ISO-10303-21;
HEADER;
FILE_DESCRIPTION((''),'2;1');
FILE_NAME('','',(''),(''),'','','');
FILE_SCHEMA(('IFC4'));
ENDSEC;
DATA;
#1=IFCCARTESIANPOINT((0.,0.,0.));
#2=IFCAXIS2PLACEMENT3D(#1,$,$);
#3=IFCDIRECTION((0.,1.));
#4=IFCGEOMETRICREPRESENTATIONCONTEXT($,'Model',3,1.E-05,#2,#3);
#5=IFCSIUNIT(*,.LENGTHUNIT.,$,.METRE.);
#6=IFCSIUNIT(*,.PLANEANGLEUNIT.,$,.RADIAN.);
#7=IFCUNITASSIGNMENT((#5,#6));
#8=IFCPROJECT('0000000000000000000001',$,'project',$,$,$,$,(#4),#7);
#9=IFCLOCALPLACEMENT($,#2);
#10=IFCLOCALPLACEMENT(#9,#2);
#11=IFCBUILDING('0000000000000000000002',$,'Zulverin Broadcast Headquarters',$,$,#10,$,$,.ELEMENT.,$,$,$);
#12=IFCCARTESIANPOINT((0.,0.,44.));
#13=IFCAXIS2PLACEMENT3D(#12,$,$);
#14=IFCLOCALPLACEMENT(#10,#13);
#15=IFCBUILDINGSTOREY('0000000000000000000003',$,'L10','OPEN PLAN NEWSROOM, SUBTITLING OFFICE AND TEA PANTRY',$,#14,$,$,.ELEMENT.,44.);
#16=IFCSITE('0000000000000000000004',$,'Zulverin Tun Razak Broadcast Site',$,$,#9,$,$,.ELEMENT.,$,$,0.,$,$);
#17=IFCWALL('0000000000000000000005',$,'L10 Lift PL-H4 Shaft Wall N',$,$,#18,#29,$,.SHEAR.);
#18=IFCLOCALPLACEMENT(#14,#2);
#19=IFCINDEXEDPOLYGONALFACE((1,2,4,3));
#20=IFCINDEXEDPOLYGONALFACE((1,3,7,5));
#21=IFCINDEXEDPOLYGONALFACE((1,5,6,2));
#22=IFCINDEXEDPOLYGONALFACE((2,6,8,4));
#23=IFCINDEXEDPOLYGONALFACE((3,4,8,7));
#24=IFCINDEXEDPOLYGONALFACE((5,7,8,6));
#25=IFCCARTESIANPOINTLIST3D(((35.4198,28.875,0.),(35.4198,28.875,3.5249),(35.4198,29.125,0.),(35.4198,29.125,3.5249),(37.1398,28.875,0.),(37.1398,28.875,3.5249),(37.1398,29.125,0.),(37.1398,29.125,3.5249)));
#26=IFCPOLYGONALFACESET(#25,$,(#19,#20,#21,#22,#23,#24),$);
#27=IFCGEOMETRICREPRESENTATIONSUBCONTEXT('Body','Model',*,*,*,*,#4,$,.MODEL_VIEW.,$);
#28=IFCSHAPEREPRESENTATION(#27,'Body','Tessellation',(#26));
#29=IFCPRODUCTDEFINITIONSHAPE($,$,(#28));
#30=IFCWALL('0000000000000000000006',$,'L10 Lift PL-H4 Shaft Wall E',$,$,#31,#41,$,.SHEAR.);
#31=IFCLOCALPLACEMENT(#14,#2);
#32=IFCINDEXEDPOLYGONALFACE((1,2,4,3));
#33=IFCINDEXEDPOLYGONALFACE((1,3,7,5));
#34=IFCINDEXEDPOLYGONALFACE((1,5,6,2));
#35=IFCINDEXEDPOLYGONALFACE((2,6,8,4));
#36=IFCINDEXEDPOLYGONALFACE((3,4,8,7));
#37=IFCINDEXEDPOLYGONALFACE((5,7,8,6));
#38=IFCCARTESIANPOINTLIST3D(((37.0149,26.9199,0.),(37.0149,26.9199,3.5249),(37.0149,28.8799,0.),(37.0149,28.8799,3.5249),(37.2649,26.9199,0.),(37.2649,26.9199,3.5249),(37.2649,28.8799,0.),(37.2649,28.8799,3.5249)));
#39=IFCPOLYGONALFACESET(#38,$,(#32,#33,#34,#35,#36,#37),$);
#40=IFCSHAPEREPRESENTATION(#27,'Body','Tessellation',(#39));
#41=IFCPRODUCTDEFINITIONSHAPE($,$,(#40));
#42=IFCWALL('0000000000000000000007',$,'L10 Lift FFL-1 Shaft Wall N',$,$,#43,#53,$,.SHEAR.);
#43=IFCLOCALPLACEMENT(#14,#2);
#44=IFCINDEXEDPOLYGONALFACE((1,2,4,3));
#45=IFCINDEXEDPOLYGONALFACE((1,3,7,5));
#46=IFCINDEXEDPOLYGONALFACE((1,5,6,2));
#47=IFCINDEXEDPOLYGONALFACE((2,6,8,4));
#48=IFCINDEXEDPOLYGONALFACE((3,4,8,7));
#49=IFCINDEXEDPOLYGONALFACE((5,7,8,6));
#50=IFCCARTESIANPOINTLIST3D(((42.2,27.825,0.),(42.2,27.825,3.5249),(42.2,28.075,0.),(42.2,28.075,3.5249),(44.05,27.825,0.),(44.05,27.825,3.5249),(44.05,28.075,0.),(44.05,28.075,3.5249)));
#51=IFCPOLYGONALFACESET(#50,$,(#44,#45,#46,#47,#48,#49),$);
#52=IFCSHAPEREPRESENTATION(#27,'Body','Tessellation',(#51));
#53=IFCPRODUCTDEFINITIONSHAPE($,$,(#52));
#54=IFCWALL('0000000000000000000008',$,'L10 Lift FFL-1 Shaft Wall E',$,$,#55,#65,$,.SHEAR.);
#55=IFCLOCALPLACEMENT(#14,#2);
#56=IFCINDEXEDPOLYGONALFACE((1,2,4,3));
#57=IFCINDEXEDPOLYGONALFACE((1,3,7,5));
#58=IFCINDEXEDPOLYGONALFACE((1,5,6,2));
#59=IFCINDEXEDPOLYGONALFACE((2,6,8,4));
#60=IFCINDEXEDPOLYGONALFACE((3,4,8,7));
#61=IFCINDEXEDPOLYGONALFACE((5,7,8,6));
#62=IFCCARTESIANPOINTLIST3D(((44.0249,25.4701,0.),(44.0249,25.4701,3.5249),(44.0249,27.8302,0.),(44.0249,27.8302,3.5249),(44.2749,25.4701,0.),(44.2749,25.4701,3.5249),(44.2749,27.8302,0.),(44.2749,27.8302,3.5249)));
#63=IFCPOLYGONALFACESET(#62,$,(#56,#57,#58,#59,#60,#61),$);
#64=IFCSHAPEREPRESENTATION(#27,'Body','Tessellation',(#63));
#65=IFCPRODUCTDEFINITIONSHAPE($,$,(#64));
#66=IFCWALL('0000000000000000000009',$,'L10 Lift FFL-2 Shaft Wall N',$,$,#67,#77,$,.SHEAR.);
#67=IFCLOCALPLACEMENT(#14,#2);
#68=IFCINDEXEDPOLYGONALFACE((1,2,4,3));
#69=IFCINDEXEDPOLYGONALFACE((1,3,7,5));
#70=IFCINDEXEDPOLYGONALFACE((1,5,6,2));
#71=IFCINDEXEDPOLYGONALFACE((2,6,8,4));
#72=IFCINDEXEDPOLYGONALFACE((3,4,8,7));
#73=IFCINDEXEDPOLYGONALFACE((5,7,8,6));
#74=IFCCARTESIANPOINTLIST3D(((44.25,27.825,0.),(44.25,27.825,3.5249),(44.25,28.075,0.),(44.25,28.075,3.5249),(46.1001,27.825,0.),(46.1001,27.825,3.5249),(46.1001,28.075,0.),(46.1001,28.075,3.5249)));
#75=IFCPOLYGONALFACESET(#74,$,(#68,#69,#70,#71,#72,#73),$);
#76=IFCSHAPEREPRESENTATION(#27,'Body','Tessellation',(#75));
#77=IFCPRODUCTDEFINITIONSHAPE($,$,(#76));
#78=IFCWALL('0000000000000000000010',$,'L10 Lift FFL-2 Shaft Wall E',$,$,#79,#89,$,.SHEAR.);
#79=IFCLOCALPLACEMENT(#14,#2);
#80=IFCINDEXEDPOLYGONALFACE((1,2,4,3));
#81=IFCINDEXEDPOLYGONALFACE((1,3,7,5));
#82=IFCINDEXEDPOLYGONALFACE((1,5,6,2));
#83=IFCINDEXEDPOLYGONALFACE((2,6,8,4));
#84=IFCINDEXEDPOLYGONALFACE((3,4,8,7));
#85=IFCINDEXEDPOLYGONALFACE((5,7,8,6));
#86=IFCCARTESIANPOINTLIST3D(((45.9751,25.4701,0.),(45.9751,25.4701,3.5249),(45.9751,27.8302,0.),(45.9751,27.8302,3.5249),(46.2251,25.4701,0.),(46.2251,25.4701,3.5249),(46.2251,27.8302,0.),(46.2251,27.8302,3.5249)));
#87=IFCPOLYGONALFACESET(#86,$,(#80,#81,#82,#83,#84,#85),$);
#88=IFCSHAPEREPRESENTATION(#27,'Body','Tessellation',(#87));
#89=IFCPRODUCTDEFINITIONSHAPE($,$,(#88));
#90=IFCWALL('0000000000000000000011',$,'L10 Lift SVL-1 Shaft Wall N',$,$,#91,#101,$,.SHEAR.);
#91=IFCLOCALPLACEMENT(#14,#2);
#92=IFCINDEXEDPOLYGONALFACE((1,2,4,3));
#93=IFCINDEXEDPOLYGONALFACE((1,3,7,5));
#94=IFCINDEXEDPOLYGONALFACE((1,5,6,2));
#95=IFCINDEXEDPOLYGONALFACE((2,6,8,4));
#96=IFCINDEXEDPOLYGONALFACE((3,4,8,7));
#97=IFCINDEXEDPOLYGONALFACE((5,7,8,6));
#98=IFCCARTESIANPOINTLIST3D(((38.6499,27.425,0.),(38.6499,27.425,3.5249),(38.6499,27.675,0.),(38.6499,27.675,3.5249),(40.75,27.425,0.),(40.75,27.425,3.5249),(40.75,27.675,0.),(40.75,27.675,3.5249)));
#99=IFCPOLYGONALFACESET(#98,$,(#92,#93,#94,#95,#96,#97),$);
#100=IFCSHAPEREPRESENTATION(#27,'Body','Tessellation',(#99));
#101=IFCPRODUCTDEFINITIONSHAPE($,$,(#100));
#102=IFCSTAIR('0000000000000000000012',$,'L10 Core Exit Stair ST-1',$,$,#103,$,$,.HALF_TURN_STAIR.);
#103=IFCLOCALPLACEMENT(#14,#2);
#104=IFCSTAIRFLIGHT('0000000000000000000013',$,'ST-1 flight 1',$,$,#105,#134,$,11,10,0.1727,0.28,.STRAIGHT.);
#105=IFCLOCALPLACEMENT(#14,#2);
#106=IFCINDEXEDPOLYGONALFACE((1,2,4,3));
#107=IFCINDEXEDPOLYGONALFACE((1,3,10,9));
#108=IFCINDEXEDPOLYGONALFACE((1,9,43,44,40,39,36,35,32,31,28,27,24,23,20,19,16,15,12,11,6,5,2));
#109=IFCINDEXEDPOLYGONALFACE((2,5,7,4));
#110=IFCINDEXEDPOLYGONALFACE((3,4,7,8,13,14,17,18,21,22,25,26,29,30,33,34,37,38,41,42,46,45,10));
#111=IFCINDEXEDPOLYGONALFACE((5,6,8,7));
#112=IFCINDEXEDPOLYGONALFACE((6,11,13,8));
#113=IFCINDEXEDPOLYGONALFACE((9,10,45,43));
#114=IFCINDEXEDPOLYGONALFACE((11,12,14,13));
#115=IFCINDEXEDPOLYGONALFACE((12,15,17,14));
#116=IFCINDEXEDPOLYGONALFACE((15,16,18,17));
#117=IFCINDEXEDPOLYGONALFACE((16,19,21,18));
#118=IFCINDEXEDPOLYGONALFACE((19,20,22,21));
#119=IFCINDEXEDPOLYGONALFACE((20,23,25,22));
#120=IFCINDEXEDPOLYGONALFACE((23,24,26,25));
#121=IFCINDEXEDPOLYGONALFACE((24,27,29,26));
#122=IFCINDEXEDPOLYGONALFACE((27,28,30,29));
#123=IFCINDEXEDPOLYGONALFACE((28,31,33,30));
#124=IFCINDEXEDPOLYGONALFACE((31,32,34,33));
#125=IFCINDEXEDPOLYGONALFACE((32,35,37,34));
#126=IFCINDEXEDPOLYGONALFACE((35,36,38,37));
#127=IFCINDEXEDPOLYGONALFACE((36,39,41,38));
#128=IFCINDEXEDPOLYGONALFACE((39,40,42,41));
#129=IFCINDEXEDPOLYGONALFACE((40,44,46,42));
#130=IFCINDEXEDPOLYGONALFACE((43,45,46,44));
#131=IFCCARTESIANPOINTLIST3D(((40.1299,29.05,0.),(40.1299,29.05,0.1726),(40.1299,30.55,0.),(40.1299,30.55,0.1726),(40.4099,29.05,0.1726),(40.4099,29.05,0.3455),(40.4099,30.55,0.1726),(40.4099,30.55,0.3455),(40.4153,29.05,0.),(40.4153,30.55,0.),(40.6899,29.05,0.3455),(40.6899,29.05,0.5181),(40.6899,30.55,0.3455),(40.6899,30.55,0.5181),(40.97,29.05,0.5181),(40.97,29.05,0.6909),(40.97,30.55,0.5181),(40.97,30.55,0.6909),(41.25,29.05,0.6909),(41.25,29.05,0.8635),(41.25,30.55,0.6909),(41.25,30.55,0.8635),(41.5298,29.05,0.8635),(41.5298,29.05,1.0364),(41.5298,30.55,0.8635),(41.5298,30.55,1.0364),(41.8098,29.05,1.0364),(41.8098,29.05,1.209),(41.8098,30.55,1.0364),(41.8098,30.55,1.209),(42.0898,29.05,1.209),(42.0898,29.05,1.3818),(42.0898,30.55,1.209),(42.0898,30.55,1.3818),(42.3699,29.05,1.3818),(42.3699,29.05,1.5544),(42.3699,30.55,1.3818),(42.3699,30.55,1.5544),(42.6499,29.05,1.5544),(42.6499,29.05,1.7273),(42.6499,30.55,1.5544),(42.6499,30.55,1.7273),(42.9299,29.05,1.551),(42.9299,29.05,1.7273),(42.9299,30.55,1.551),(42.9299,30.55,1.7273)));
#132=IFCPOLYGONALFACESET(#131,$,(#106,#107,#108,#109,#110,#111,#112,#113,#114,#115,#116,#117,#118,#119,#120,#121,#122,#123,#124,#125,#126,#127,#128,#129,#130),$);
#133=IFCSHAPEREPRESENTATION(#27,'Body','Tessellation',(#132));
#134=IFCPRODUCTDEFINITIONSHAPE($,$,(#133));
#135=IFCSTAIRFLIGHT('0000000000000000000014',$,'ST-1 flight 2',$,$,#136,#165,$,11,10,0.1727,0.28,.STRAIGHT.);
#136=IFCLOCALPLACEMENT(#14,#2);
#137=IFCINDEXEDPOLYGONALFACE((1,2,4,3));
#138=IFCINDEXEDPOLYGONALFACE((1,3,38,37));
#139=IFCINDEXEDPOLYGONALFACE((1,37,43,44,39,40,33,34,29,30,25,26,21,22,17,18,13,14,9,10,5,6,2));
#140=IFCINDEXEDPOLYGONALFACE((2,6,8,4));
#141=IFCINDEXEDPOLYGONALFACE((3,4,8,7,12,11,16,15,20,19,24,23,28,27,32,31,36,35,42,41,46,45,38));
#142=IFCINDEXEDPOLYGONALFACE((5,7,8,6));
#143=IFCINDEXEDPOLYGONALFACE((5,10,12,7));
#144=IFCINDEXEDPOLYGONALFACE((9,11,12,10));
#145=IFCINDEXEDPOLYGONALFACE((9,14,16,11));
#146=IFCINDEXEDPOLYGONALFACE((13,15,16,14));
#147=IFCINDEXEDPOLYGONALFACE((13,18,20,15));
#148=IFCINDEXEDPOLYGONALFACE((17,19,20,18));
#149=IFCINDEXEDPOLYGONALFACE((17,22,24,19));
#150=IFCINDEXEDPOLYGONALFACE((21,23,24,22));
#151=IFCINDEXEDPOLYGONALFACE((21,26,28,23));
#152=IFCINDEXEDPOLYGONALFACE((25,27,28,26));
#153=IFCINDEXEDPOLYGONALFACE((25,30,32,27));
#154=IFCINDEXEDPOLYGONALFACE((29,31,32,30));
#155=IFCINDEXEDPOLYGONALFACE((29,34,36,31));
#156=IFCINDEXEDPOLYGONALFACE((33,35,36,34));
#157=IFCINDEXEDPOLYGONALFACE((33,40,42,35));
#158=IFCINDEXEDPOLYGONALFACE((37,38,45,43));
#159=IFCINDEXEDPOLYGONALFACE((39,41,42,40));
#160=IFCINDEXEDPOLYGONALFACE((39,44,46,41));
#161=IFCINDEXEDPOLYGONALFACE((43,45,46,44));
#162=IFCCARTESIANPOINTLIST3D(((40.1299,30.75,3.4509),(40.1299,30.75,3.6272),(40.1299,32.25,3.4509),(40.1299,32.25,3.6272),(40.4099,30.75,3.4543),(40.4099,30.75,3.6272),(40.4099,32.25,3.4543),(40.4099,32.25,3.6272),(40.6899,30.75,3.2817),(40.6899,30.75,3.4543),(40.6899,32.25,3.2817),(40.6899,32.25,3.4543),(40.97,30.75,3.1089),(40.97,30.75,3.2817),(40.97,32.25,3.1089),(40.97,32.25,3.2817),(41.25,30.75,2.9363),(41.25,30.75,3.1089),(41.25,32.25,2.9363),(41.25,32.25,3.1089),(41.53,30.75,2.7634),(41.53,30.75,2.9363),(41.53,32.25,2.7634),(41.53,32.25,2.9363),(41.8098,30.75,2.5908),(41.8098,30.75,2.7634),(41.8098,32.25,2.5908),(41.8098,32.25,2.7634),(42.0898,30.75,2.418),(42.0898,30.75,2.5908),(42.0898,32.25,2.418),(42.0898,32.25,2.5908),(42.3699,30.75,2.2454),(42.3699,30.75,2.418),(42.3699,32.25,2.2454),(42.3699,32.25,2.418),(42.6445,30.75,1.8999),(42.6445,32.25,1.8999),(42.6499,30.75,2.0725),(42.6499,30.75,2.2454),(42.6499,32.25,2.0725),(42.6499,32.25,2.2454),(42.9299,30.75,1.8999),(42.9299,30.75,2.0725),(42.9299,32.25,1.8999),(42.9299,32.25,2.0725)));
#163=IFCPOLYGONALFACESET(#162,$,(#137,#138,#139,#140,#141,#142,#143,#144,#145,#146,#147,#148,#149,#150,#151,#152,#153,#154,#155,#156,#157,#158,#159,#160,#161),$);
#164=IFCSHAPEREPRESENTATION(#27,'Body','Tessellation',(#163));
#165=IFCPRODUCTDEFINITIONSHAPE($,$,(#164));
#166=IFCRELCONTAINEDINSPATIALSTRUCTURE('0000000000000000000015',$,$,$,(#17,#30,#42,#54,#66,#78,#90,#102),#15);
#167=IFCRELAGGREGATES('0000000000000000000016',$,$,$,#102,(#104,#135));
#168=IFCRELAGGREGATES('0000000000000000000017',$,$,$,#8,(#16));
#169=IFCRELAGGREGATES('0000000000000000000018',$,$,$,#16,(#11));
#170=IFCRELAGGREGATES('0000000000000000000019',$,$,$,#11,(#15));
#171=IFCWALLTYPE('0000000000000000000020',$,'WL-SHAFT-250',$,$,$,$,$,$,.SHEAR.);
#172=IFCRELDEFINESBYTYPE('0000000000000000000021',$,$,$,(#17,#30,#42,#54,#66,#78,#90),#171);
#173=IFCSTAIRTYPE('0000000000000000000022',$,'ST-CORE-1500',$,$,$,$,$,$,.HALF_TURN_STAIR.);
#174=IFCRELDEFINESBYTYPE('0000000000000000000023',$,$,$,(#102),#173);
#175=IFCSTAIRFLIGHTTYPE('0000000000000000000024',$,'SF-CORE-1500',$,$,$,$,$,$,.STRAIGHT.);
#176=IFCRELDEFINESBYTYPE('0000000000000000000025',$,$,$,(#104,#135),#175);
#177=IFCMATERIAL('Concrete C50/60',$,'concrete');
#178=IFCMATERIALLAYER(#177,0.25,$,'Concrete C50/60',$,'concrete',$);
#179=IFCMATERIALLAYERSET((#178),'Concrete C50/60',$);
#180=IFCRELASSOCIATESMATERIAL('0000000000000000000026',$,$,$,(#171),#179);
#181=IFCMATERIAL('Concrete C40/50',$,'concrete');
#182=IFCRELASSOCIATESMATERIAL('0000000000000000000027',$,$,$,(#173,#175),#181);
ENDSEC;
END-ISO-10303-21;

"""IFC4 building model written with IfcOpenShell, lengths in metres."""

from ifc_helpers import new_model, si_unit, direction, frame, frame_2d, origin, place, context, subcontext, project, spatial, polyline, rectangle, outline, extrude, material, layer, layer_set, type_object, element, aggregate, save


model = new_model("IFC4")

# Units and contexts
model_context = context("Model", 3, precision=1e-05, world=origin(), true_north=direction((0.0, 1.0)))
body_context = subcontext(model_context, "Body", "Model", "MODEL_VIEW")
ifc_project = project(units=[si_unit("LENGTHUNIT", "METRE"), si_unit("PLANEANGLEUNIT", "RADIAN")], contexts=[model_context])

# Site, building, storey
site_placement = place(None, origin())
site = spatial("IfcSite", under=ifc_project, at=site_placement, Name="Zulverin Tun Razak Broadcast Site", CompositionType="ELEMENT", RefElevation=0.0)
building_placement = place(site_placement, origin())
building = spatial("IfcBuilding", under=site, at=building_placement, Name="Zulverin Broadcast Headquarters", CompositionType="ELEMENT")
storey_placement = place(building_placement, frame((0.0, 0.0, 44.0)))
storey = spatial("IfcBuildingStorey", under=building, at=storey_placement, Name="L10", Description="OPEN PLAN NEWSROOM, SUBTITLING OFFICE AND TEA PANTRY", CompositionType="ELEMENT", Elevation=44.0)

# Shared definitions
ifc_material_1 = material(Name="Concrete C40/50", Category="concrete")

# Shared definitions
ifc_material_2 = material(Name="Concrete C50/60", Category="concrete")
ifc_layer_1 = layer(ifc_material_2, 0.25, Name="Concrete C50/60", Category="concrete")
ifc_layer_set_1 = layer_set([ifc_layer_1], Name="Concrete C50/60")
wall_type_1 = type_object("IfcWallType", Name="WL-SHAFT-250", PredefinedType="SHEAR", material=ifc_layer_set_1)

# Walls
for number, where, z_axis, x_axis, name in (
    (1, (35.4199, 29.0, 0.0), (0.0, 0.0, 1.0), (1.0, 0.0, 0.0), "L10 Lift PL-H4 Shaft Wall N"),
):
    element("IfcWall", number, at=place(storey_placement, frame(where, z_axis=z_axis, x_axis=x_axis)), inside=storey, type_object=wall_type_1, Name=name, PredefinedType="SHEAR", context=body_context, shape_type="SweptSolid", body=[
        extrude(rectangle(XDim=1.72, YDim=0.25, at=frame_2d((0.8599, 0.0))), origin(), (0.0, 0.0, 1.0), 3.5249),
    ])
wall_1_placement = place(storey_placement, frame((37.1399, 26.9199, 0.0), z_axis=(0.0, 0.0, 1.0), x_axis=(0.0, 1.0, 0.0)))
element("IfcWall", 2, at=wall_1_placement, inside=storey, type_object=wall_type_1, Name="L10 Lift PL-H4 Shaft Wall E", PredefinedType="SHEAR", context=body_context, shape_type="SweptSolid", body=[
    extrude(rectangle(XDim=1.96, YDim=0.25, at=frame_2d((0.98, 0.0))), origin(), (0.0, 0.0, 1.0), 3.5249),
])
wall_2_placement = place(storey_placement, frame((42.2, 27.95, 0.0), z_axis=(0.0, 0.0, 1.0), x_axis=(1.0, 0.0, 0.0)))
element("IfcWall", 3, at=wall_2_placement, inside=storey, type_object=wall_type_1, Name="L10 Lift FFL-1 Shaft Wall N", PredefinedType="SHEAR", context=body_context, shape_type="SweptSolid", body=[
    extrude(rectangle(XDim=1.8501, YDim=0.25, at=frame_2d((0.925, 0.0))), origin(), (0.0, 0.0, 1.0), 3.5249),
])
wall_3_placement = place(storey_placement, frame((44.1499, 25.47, 0.0), z_axis=(0.0, 0.0, 1.0), x_axis=(0.0, 1.0, 0.0)))
element("IfcWall", 4, at=wall_3_placement, inside=storey, type_object=wall_type_1, Name="L10 Lift FFL-1 Shaft Wall E", PredefinedType="SHEAR", context=body_context, shape_type="SweptSolid", body=[
    extrude(rectangle(XDim=2.3601, YDim=0.25, at=frame_2d((1.1802, 0.0))), origin(), (0.0, 0.0, 1.0), 3.5249),
])
wall_4_placement = place(storey_placement, frame((44.25, 27.95, 0.0), z_axis=(0.0, 0.0, 1.0), x_axis=(1.0, 0.0, 0.0)))
element("IfcWall", 5, at=wall_4_placement, inside=storey, type_object=wall_type_1, Name="L10 Lift FFL-2 Shaft Wall N", PredefinedType="SHEAR", context=body_context, shape_type="SweptSolid", body=[
    extrude(rectangle(XDim=1.8501, YDim=0.25, at=frame_2d((0.925, 0.0))), origin(), (0.0, 0.0, 1.0), 3.5249),
])
wall_5_placement = place(storey_placement, frame((46.1001, 25.47, 0.0), z_axis=(0.0, 0.0, 1.0), x_axis=(0.0, 1.0, 0.0)))
element("IfcWall", 6, at=wall_5_placement, inside=storey, type_object=wall_type_1, Name="L10 Lift FFL-2 Shaft Wall E", PredefinedType="SHEAR", context=body_context, shape_type="SweptSolid", body=[
    extrude(rectangle(XDim=2.3601, YDim=0.25, at=frame_2d((1.1802, 0.0))), origin(), (0.0, 0.0, 1.0), 3.5249),
])
wall_6_placement = place(storey_placement, frame((38.6499, 27.55, 0.0), z_axis=(0.0, 0.0, 1.0), x_axis=(1.0, 0.0, 0.0)))
element("IfcWall", 7, at=wall_6_placement, inside=storey, type_object=wall_type_1, Name="L10 Lift SVL-1 Shaft Wall N", PredefinedType="SHEAR", context=body_context, shape_type="SweptSolid", body=[
    extrude(rectangle(XDim=2.1001, YDim=0.25, at=frame_2d((1.05, 0.0))), origin(), (0.0, 0.0, 1.0), 3.5249),
])

# Stair, stair flights
stair_type = type_object("IfcStairType", Name="ST-CORE-1500", PredefinedType="HALF_TURN_STAIR", material=ifc_material_1)
stair_placement = place(storey_placement, origin())
stair = element("IfcStair", 8, at=stair_placement, inside=storey, type_object=stair_type, Name="L10 Core Exit Stair ST-1", PredefinedType="HALF_TURN_STAIR")
stair_flight_type = type_object("IfcStairFlightType", Name="SF-CORE-1500", PredefinedType="STRAIGHT", material=ifc_material_1)
stair_flight_1_placement = place(storey_placement, frame((40.1299, 29.8, 0.0), z_axis=(0.0, 0.0, 1.0), x_axis=(1.0, 0.0, 0.0)))
stair_flight_1 = element("IfcStairFlight", 9, at=stair_flight_1_placement, type_object=stair_flight_type, Name="ST-1 flight 1", NumberOfRisers=11, NumberOfTreads=10, PredefinedType="STRAIGHT", RiserHeight=0.1727, TreadLength=0.28, context=body_context, shape_type="SweptSolid", body=[
    extrude(outline(polyline([(0.0, 0.0), (0.0, 0.1726), (0.28, 0.1726), (0.28, 0.3455), (0.5601, 0.3455), (0.5601, 0.5181), (0.8401, 0.5181), (0.8401, 0.6909), (1.1201, 0.6909), (1.1201, 0.8635), (1.3999, 0.8635), (1.3999, 1.0364), (1.6799, 1.0364), (1.6799, 1.209), (1.96, 1.209), (1.96, 1.3818), (2.24, 1.3818), (2.24, 1.5544), (2.52, 1.5544), (2.52, 1.7273), (2.8, 1.7273), (2.8, 1.8999), (2.8, 1.551), (0.2854, 0.0), (0.0, 0.0)])), frame((0.0, 0.75, 0.0), z_axis=(0.0, -1.0, 0.0), x_axis=(1.0, 0.0, 0.0)), (0.0, 0.0, 1.0), 1.5),
])
stair_flight_2_placement = place(storey_placement, frame((42.9299, 31.5, 1.8999), z_axis=(0.0, 0.0, 1.0), x_axis=(-1.0, 0.0, 0.0)))
stair_flight_2 = element("IfcStairFlight", 10, at=stair_flight_2_placement, type_object=stair_flight_type, Name="ST-1 flight 2", NumberOfRisers=11, NumberOfTreads=10, PredefinedType="STRAIGHT", RiserHeight=0.1727, TreadLength=0.28, context=body_context, shape_type="SweptSolid", body=[
    extrude(outline(polyline([(0.0, 0.0), (0.0, 0.1726), (0.28, 0.1726), (0.28, 0.3455), (0.5601, 0.3455), (0.5601, 0.5181), (0.8401, 0.5181), (0.8401, 0.6909), (1.1201, 0.6909), (1.1201, 0.8635), (1.3999, 0.8635), (1.3999, 1.0364), (1.6799, 1.0364), (1.6799, 1.209), (1.96, 1.209), (1.96, 1.3818), (2.24, 1.3818), (2.24, 1.5544), (2.52, 1.5544), (2.52, 1.7273), (2.8, 1.7273), (2.8, 1.8999), (2.8, 1.551), (0.2854, 0.0), (0.0, 0.0)])), frame((0.0, 0.75, 0.0), z_axis=(0.0, -1.0, 0.0), x_axis=(1.0, 0.0, 0.0)), (0.0, 0.0, 1.0), 1.5),
])
aggregate(stair, [stair_flight_1, stair_flight_2])

save(model, "model.ifc")
